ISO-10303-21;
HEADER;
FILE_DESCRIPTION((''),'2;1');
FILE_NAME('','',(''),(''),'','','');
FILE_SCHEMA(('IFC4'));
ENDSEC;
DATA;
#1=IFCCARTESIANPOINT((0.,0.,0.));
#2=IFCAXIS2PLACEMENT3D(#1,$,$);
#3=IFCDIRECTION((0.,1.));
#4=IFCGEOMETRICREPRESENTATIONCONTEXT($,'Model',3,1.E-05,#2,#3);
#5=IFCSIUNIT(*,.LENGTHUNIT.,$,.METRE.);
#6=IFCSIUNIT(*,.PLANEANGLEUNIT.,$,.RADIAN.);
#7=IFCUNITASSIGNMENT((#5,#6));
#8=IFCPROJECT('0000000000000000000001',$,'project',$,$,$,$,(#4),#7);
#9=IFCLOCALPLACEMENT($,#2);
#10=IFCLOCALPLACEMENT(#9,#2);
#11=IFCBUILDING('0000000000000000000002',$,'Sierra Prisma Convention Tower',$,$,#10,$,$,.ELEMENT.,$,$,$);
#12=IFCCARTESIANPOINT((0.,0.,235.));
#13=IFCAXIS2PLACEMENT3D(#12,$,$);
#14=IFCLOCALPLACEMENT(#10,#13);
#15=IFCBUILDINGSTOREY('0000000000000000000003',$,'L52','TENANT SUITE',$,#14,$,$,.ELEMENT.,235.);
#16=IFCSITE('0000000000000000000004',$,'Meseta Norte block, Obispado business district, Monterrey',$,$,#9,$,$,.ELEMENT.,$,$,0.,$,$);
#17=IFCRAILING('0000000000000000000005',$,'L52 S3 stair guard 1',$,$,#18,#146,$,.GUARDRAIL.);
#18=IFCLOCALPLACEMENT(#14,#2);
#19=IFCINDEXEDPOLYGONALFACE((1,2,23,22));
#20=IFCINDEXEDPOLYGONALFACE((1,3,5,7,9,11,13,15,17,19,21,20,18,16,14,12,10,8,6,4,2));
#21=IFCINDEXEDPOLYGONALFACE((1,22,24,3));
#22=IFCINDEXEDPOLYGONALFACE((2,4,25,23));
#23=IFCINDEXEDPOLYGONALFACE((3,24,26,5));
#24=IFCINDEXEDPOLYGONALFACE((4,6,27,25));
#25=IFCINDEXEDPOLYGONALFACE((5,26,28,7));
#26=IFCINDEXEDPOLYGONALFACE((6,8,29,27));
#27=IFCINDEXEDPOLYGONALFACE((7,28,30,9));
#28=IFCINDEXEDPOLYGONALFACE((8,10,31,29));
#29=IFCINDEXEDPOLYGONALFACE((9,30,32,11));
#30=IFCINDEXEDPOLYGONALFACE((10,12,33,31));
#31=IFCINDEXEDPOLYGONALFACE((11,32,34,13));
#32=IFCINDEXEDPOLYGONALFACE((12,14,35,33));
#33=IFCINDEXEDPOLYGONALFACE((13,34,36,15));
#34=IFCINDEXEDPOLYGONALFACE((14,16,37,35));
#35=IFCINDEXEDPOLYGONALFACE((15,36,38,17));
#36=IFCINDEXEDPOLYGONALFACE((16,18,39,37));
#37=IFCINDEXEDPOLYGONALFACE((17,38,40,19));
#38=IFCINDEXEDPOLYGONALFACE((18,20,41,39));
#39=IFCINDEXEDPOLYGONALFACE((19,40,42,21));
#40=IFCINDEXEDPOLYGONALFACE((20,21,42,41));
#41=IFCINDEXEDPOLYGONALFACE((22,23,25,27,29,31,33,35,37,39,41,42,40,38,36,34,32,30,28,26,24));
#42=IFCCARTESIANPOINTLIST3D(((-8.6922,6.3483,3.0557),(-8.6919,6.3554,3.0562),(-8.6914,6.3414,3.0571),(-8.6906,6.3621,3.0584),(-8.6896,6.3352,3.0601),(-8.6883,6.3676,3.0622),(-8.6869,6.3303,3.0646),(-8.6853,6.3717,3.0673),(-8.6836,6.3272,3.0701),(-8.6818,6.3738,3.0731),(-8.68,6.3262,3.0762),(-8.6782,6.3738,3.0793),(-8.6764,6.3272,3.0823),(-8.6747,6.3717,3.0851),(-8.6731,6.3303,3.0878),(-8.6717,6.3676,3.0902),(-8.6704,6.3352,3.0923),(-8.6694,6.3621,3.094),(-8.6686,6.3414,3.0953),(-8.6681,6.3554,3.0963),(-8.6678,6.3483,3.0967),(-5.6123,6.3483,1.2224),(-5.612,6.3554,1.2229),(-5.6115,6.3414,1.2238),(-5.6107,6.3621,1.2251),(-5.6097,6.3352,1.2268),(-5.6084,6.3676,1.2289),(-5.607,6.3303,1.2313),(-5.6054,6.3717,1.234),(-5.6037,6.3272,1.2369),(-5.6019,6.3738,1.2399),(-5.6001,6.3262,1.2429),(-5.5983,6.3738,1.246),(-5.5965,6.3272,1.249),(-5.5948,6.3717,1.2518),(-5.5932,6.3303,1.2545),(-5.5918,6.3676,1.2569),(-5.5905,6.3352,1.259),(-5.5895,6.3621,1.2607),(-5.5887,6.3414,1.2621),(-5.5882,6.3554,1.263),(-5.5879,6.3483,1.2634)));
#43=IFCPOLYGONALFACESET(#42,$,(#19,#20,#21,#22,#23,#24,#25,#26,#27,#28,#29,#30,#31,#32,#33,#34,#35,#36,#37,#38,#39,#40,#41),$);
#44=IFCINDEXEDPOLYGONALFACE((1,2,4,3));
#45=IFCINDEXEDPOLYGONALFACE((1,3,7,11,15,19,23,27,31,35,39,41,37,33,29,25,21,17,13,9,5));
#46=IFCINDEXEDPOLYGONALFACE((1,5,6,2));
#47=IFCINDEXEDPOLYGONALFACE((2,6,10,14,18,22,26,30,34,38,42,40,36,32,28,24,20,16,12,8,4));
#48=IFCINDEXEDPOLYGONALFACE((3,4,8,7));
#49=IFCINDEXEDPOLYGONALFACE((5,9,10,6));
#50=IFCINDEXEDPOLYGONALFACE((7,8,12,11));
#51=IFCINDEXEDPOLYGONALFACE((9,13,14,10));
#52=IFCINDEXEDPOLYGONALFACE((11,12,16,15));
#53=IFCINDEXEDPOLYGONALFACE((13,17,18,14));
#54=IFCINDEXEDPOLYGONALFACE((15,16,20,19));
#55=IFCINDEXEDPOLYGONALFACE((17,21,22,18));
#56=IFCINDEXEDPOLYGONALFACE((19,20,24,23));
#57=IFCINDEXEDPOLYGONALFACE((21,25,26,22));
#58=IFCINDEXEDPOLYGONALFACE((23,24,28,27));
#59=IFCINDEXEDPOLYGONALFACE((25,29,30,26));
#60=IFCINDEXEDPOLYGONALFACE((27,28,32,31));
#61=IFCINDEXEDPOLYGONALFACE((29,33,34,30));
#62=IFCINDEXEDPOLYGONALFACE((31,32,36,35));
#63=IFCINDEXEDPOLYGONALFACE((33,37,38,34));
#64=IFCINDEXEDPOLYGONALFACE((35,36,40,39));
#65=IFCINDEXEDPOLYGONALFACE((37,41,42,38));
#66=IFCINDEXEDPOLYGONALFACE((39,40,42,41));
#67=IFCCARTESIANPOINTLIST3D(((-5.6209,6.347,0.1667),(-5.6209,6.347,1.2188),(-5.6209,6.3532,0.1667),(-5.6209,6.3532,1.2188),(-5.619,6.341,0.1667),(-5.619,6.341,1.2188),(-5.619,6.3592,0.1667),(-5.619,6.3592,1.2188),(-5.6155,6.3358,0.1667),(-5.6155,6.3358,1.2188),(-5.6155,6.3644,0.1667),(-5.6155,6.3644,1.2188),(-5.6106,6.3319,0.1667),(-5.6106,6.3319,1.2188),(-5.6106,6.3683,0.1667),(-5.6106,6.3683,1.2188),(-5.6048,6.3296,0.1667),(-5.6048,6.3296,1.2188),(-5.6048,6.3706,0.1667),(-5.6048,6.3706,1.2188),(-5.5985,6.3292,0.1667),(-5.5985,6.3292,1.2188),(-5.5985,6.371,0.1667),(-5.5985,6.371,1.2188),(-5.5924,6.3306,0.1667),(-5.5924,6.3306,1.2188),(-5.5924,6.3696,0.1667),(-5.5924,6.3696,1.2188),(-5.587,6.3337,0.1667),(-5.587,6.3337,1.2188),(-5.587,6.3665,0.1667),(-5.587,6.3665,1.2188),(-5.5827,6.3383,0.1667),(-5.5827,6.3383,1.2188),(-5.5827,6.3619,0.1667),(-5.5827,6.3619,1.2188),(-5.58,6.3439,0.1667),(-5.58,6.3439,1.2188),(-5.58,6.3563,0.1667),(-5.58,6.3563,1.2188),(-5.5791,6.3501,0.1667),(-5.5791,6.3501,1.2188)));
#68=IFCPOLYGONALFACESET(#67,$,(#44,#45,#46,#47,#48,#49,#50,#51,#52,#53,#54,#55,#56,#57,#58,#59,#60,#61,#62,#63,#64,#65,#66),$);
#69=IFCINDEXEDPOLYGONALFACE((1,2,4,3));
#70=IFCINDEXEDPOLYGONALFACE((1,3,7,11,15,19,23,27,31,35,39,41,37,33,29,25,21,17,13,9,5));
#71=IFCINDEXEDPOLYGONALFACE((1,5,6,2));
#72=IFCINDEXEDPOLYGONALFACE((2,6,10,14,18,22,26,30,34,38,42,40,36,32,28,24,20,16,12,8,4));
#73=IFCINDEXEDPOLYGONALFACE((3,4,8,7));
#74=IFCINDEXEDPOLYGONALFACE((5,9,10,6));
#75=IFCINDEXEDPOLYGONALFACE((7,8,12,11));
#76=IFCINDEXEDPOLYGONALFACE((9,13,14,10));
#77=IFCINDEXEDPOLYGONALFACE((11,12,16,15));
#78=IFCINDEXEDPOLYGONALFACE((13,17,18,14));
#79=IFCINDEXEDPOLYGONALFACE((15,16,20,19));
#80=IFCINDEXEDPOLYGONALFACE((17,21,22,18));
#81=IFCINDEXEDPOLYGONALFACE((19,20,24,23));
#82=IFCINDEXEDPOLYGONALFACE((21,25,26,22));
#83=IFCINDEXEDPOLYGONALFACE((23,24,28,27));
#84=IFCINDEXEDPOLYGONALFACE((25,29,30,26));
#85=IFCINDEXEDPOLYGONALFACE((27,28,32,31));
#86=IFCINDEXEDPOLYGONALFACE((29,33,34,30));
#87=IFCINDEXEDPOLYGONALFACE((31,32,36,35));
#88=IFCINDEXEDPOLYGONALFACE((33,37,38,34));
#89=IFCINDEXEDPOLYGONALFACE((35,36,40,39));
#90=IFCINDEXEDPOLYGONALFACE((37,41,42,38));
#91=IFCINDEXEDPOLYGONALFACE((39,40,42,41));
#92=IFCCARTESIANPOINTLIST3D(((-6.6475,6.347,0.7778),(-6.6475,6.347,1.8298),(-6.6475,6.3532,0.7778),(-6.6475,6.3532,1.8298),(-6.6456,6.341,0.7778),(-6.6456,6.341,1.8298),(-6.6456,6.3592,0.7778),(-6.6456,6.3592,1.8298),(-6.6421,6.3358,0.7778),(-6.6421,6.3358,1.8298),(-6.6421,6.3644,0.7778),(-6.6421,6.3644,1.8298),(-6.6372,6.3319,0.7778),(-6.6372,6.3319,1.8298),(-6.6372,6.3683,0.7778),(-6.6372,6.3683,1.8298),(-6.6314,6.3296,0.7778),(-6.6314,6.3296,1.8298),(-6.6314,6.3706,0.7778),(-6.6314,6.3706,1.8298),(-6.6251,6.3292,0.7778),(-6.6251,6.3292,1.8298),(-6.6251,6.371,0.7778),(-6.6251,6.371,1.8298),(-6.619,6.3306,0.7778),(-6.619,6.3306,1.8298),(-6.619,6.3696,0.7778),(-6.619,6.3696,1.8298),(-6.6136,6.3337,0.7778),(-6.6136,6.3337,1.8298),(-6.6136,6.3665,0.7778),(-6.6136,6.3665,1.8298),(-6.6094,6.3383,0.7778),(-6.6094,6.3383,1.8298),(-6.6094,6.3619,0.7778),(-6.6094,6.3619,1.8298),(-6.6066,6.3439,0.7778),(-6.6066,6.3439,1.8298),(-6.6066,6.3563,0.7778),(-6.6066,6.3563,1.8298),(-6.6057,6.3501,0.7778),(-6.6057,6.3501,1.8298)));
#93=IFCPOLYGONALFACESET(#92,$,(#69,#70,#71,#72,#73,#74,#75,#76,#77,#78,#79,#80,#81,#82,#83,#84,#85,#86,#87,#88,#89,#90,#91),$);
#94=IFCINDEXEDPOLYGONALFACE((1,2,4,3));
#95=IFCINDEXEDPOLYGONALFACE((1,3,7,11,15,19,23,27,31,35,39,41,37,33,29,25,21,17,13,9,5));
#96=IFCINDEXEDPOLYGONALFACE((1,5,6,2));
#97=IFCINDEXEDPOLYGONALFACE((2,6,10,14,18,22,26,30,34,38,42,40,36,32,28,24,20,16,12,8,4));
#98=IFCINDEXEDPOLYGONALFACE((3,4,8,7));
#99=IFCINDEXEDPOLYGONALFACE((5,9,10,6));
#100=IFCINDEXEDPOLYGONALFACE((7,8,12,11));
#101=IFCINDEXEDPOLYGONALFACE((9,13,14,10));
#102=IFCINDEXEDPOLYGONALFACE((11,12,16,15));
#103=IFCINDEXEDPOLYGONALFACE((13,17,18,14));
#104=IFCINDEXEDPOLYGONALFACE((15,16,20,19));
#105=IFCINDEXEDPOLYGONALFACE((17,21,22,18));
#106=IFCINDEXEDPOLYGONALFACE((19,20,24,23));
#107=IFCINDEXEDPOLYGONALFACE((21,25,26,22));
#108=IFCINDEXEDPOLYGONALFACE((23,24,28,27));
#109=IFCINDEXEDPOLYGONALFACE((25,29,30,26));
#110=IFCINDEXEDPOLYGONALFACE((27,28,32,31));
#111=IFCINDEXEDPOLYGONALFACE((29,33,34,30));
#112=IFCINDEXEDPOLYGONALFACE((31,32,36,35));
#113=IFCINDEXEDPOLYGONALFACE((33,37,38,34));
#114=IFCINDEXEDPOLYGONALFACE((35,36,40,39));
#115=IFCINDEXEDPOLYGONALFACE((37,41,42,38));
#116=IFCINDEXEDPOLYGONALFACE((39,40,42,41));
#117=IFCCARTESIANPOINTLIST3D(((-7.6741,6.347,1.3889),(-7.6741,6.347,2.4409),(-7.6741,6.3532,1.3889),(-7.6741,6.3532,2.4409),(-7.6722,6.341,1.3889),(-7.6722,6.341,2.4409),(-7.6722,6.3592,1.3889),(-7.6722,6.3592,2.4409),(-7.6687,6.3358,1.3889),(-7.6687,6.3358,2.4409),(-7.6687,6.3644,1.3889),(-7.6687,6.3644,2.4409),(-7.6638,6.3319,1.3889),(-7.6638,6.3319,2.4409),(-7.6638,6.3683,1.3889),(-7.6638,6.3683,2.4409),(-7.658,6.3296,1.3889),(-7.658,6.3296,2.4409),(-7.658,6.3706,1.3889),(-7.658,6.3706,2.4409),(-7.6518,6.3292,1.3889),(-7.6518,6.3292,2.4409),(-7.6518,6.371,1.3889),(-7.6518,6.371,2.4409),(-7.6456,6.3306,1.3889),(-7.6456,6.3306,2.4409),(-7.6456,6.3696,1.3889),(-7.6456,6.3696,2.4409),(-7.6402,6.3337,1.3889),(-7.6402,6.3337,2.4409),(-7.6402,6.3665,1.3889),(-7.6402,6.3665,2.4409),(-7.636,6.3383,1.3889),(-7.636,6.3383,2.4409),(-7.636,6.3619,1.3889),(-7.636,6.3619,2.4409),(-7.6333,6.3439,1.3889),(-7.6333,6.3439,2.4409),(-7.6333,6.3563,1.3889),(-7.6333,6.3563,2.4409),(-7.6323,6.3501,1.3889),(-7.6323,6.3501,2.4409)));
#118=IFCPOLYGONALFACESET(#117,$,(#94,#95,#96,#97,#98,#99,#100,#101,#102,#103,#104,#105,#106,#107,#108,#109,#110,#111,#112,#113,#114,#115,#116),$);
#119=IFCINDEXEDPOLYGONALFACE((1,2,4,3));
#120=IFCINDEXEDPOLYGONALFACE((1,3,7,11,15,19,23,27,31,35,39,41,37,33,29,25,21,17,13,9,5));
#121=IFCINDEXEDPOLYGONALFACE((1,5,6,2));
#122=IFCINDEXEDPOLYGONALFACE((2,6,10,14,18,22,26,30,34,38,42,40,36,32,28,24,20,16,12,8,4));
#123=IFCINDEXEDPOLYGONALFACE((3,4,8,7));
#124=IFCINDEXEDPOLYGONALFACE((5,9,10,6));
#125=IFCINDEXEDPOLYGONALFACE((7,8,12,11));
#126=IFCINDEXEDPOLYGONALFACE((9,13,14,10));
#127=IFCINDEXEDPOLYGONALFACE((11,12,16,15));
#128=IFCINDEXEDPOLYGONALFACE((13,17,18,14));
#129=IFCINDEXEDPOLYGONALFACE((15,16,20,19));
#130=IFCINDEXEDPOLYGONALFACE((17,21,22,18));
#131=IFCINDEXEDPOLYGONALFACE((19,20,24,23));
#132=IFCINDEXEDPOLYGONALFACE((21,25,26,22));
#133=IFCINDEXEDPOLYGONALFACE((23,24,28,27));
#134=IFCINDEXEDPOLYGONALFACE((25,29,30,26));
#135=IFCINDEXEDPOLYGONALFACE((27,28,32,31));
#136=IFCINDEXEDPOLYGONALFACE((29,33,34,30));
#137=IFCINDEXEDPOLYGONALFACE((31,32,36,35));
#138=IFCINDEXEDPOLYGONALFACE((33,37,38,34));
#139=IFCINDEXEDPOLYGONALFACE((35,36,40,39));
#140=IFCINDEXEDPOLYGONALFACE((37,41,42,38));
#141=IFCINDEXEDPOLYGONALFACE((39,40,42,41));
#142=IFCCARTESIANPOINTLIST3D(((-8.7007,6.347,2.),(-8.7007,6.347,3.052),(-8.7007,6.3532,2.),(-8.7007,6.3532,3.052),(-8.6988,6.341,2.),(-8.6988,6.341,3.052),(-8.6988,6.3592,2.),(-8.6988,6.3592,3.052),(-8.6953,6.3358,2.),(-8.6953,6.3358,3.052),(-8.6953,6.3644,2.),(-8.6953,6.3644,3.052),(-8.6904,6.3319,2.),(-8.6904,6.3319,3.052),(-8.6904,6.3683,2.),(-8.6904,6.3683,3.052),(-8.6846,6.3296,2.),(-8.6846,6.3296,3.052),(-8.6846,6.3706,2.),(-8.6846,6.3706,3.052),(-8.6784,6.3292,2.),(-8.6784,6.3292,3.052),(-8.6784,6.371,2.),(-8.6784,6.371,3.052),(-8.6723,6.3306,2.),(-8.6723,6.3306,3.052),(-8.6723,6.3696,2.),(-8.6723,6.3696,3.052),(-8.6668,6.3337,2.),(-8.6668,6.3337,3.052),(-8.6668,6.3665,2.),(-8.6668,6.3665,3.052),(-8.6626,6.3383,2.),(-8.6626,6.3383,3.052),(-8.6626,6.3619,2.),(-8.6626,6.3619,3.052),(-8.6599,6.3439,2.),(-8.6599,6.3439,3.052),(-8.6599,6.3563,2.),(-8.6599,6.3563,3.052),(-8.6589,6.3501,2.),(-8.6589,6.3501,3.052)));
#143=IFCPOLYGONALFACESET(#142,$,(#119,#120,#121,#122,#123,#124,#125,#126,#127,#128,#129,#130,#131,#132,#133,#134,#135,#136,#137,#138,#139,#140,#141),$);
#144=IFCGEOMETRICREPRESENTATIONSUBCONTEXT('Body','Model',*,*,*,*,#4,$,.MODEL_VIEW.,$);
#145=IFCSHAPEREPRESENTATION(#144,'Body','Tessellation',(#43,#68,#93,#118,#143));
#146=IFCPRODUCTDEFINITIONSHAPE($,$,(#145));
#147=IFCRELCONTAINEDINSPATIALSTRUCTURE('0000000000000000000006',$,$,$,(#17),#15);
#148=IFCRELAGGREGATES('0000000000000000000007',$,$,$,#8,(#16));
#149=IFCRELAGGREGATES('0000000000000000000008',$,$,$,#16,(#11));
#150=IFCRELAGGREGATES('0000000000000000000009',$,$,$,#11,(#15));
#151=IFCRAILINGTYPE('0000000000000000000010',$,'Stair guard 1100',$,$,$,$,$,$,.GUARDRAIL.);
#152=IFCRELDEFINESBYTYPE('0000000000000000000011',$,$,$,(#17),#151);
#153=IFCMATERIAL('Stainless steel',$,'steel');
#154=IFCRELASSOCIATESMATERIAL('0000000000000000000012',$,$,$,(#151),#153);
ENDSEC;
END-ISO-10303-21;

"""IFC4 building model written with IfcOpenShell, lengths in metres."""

from ifc_helpers import new_model, si_unit, direction, frame, origin, origin_2d, place, context, subcontext, project, spatial, circle, extrude, material, type_object, element, save


model = new_model("IFC4")

# Units and contexts
model_context = context("Model", 3, precision=1e-05, world=origin(), true_north=direction((0.0, 1.0)))
body_context = subcontext(model_context, "Body", "Model", "MODEL_VIEW")
ifc_project = project(units=[si_unit("LENGTHUNIT", "METRE"), si_unit("PLANEANGLEUNIT", "RADIAN")], contexts=[model_context])

# Site, building, storey
site_placement = place(None, origin())
site = spatial("IfcSite", under=ifc_project, at=site_placement, Name="Meseta Norte block, Obispado business district, Monterrey", CompositionType="ELEMENT", RefElevation=0.0)
building_placement = place(site_placement, origin())
building = spatial("IfcBuilding", under=site, at=building_placement, Name="Sierra Prisma Convention Tower", CompositionType="ELEMENT")
storey_placement = place(building_placement, frame((0.0, 0.0, 235.0)))
storey = spatial("IfcBuildingStorey", under=building, at=storey_placement, Name="L52", Description="TENANT SUITE", CompositionType="ELEMENT", Elevation=235.0)

# Railing
ifc_material_1 = material(Name="Stainless steel", Category="steel")
railing_type_1 = type_object("IfcRailingType", Name="Stair guard 1100", PredefinedType="GUARDRAIL", material=ifc_material_1)
railing_1_placement = place(storey_placement, frame((-5.6001, 6.3501, 0.1667)))
element("IfcRailing", 1, at=railing_1_placement, inside=storey, type_object=railing_type_1, Name="L52 S3 stair guard 1", PredefinedType="GUARDRAIL", context=body_context, shape_type="SweptSolid", body=[
    extrude(circle(Radius=0.0239, at=origin_2d()), frame((0.0, 0.0, 1.0762), z_axis=(-0.859291, 0.0, 0.511487), x_axis=(0.0, -1.0, 0.0)), (0.0, 0.0, 1.0), 3.5842),
    extrude(circle(Radius=0.021, at=origin_2d()), origin(), (0.0, 0.0, 1.0), 1.052),
    extrude(circle(Radius=0.021, at=origin_2d()), frame((-1.0266, 0.0, 0.6111)), (0.0, 0.0, 1.0), 1.052),
    extrude(circle(Radius=0.021, at=origin_2d()), frame((-2.0532, 0.0, 1.2222)), (0.0, 0.0, 1.0), 1.052),
    extrude(circle(Radius=0.021, at=origin_2d()), frame((-3.0798, 0.0, 1.8333)), (0.0, 0.0, 1.0), 1.052),
])

save(model, "model.ifc")
